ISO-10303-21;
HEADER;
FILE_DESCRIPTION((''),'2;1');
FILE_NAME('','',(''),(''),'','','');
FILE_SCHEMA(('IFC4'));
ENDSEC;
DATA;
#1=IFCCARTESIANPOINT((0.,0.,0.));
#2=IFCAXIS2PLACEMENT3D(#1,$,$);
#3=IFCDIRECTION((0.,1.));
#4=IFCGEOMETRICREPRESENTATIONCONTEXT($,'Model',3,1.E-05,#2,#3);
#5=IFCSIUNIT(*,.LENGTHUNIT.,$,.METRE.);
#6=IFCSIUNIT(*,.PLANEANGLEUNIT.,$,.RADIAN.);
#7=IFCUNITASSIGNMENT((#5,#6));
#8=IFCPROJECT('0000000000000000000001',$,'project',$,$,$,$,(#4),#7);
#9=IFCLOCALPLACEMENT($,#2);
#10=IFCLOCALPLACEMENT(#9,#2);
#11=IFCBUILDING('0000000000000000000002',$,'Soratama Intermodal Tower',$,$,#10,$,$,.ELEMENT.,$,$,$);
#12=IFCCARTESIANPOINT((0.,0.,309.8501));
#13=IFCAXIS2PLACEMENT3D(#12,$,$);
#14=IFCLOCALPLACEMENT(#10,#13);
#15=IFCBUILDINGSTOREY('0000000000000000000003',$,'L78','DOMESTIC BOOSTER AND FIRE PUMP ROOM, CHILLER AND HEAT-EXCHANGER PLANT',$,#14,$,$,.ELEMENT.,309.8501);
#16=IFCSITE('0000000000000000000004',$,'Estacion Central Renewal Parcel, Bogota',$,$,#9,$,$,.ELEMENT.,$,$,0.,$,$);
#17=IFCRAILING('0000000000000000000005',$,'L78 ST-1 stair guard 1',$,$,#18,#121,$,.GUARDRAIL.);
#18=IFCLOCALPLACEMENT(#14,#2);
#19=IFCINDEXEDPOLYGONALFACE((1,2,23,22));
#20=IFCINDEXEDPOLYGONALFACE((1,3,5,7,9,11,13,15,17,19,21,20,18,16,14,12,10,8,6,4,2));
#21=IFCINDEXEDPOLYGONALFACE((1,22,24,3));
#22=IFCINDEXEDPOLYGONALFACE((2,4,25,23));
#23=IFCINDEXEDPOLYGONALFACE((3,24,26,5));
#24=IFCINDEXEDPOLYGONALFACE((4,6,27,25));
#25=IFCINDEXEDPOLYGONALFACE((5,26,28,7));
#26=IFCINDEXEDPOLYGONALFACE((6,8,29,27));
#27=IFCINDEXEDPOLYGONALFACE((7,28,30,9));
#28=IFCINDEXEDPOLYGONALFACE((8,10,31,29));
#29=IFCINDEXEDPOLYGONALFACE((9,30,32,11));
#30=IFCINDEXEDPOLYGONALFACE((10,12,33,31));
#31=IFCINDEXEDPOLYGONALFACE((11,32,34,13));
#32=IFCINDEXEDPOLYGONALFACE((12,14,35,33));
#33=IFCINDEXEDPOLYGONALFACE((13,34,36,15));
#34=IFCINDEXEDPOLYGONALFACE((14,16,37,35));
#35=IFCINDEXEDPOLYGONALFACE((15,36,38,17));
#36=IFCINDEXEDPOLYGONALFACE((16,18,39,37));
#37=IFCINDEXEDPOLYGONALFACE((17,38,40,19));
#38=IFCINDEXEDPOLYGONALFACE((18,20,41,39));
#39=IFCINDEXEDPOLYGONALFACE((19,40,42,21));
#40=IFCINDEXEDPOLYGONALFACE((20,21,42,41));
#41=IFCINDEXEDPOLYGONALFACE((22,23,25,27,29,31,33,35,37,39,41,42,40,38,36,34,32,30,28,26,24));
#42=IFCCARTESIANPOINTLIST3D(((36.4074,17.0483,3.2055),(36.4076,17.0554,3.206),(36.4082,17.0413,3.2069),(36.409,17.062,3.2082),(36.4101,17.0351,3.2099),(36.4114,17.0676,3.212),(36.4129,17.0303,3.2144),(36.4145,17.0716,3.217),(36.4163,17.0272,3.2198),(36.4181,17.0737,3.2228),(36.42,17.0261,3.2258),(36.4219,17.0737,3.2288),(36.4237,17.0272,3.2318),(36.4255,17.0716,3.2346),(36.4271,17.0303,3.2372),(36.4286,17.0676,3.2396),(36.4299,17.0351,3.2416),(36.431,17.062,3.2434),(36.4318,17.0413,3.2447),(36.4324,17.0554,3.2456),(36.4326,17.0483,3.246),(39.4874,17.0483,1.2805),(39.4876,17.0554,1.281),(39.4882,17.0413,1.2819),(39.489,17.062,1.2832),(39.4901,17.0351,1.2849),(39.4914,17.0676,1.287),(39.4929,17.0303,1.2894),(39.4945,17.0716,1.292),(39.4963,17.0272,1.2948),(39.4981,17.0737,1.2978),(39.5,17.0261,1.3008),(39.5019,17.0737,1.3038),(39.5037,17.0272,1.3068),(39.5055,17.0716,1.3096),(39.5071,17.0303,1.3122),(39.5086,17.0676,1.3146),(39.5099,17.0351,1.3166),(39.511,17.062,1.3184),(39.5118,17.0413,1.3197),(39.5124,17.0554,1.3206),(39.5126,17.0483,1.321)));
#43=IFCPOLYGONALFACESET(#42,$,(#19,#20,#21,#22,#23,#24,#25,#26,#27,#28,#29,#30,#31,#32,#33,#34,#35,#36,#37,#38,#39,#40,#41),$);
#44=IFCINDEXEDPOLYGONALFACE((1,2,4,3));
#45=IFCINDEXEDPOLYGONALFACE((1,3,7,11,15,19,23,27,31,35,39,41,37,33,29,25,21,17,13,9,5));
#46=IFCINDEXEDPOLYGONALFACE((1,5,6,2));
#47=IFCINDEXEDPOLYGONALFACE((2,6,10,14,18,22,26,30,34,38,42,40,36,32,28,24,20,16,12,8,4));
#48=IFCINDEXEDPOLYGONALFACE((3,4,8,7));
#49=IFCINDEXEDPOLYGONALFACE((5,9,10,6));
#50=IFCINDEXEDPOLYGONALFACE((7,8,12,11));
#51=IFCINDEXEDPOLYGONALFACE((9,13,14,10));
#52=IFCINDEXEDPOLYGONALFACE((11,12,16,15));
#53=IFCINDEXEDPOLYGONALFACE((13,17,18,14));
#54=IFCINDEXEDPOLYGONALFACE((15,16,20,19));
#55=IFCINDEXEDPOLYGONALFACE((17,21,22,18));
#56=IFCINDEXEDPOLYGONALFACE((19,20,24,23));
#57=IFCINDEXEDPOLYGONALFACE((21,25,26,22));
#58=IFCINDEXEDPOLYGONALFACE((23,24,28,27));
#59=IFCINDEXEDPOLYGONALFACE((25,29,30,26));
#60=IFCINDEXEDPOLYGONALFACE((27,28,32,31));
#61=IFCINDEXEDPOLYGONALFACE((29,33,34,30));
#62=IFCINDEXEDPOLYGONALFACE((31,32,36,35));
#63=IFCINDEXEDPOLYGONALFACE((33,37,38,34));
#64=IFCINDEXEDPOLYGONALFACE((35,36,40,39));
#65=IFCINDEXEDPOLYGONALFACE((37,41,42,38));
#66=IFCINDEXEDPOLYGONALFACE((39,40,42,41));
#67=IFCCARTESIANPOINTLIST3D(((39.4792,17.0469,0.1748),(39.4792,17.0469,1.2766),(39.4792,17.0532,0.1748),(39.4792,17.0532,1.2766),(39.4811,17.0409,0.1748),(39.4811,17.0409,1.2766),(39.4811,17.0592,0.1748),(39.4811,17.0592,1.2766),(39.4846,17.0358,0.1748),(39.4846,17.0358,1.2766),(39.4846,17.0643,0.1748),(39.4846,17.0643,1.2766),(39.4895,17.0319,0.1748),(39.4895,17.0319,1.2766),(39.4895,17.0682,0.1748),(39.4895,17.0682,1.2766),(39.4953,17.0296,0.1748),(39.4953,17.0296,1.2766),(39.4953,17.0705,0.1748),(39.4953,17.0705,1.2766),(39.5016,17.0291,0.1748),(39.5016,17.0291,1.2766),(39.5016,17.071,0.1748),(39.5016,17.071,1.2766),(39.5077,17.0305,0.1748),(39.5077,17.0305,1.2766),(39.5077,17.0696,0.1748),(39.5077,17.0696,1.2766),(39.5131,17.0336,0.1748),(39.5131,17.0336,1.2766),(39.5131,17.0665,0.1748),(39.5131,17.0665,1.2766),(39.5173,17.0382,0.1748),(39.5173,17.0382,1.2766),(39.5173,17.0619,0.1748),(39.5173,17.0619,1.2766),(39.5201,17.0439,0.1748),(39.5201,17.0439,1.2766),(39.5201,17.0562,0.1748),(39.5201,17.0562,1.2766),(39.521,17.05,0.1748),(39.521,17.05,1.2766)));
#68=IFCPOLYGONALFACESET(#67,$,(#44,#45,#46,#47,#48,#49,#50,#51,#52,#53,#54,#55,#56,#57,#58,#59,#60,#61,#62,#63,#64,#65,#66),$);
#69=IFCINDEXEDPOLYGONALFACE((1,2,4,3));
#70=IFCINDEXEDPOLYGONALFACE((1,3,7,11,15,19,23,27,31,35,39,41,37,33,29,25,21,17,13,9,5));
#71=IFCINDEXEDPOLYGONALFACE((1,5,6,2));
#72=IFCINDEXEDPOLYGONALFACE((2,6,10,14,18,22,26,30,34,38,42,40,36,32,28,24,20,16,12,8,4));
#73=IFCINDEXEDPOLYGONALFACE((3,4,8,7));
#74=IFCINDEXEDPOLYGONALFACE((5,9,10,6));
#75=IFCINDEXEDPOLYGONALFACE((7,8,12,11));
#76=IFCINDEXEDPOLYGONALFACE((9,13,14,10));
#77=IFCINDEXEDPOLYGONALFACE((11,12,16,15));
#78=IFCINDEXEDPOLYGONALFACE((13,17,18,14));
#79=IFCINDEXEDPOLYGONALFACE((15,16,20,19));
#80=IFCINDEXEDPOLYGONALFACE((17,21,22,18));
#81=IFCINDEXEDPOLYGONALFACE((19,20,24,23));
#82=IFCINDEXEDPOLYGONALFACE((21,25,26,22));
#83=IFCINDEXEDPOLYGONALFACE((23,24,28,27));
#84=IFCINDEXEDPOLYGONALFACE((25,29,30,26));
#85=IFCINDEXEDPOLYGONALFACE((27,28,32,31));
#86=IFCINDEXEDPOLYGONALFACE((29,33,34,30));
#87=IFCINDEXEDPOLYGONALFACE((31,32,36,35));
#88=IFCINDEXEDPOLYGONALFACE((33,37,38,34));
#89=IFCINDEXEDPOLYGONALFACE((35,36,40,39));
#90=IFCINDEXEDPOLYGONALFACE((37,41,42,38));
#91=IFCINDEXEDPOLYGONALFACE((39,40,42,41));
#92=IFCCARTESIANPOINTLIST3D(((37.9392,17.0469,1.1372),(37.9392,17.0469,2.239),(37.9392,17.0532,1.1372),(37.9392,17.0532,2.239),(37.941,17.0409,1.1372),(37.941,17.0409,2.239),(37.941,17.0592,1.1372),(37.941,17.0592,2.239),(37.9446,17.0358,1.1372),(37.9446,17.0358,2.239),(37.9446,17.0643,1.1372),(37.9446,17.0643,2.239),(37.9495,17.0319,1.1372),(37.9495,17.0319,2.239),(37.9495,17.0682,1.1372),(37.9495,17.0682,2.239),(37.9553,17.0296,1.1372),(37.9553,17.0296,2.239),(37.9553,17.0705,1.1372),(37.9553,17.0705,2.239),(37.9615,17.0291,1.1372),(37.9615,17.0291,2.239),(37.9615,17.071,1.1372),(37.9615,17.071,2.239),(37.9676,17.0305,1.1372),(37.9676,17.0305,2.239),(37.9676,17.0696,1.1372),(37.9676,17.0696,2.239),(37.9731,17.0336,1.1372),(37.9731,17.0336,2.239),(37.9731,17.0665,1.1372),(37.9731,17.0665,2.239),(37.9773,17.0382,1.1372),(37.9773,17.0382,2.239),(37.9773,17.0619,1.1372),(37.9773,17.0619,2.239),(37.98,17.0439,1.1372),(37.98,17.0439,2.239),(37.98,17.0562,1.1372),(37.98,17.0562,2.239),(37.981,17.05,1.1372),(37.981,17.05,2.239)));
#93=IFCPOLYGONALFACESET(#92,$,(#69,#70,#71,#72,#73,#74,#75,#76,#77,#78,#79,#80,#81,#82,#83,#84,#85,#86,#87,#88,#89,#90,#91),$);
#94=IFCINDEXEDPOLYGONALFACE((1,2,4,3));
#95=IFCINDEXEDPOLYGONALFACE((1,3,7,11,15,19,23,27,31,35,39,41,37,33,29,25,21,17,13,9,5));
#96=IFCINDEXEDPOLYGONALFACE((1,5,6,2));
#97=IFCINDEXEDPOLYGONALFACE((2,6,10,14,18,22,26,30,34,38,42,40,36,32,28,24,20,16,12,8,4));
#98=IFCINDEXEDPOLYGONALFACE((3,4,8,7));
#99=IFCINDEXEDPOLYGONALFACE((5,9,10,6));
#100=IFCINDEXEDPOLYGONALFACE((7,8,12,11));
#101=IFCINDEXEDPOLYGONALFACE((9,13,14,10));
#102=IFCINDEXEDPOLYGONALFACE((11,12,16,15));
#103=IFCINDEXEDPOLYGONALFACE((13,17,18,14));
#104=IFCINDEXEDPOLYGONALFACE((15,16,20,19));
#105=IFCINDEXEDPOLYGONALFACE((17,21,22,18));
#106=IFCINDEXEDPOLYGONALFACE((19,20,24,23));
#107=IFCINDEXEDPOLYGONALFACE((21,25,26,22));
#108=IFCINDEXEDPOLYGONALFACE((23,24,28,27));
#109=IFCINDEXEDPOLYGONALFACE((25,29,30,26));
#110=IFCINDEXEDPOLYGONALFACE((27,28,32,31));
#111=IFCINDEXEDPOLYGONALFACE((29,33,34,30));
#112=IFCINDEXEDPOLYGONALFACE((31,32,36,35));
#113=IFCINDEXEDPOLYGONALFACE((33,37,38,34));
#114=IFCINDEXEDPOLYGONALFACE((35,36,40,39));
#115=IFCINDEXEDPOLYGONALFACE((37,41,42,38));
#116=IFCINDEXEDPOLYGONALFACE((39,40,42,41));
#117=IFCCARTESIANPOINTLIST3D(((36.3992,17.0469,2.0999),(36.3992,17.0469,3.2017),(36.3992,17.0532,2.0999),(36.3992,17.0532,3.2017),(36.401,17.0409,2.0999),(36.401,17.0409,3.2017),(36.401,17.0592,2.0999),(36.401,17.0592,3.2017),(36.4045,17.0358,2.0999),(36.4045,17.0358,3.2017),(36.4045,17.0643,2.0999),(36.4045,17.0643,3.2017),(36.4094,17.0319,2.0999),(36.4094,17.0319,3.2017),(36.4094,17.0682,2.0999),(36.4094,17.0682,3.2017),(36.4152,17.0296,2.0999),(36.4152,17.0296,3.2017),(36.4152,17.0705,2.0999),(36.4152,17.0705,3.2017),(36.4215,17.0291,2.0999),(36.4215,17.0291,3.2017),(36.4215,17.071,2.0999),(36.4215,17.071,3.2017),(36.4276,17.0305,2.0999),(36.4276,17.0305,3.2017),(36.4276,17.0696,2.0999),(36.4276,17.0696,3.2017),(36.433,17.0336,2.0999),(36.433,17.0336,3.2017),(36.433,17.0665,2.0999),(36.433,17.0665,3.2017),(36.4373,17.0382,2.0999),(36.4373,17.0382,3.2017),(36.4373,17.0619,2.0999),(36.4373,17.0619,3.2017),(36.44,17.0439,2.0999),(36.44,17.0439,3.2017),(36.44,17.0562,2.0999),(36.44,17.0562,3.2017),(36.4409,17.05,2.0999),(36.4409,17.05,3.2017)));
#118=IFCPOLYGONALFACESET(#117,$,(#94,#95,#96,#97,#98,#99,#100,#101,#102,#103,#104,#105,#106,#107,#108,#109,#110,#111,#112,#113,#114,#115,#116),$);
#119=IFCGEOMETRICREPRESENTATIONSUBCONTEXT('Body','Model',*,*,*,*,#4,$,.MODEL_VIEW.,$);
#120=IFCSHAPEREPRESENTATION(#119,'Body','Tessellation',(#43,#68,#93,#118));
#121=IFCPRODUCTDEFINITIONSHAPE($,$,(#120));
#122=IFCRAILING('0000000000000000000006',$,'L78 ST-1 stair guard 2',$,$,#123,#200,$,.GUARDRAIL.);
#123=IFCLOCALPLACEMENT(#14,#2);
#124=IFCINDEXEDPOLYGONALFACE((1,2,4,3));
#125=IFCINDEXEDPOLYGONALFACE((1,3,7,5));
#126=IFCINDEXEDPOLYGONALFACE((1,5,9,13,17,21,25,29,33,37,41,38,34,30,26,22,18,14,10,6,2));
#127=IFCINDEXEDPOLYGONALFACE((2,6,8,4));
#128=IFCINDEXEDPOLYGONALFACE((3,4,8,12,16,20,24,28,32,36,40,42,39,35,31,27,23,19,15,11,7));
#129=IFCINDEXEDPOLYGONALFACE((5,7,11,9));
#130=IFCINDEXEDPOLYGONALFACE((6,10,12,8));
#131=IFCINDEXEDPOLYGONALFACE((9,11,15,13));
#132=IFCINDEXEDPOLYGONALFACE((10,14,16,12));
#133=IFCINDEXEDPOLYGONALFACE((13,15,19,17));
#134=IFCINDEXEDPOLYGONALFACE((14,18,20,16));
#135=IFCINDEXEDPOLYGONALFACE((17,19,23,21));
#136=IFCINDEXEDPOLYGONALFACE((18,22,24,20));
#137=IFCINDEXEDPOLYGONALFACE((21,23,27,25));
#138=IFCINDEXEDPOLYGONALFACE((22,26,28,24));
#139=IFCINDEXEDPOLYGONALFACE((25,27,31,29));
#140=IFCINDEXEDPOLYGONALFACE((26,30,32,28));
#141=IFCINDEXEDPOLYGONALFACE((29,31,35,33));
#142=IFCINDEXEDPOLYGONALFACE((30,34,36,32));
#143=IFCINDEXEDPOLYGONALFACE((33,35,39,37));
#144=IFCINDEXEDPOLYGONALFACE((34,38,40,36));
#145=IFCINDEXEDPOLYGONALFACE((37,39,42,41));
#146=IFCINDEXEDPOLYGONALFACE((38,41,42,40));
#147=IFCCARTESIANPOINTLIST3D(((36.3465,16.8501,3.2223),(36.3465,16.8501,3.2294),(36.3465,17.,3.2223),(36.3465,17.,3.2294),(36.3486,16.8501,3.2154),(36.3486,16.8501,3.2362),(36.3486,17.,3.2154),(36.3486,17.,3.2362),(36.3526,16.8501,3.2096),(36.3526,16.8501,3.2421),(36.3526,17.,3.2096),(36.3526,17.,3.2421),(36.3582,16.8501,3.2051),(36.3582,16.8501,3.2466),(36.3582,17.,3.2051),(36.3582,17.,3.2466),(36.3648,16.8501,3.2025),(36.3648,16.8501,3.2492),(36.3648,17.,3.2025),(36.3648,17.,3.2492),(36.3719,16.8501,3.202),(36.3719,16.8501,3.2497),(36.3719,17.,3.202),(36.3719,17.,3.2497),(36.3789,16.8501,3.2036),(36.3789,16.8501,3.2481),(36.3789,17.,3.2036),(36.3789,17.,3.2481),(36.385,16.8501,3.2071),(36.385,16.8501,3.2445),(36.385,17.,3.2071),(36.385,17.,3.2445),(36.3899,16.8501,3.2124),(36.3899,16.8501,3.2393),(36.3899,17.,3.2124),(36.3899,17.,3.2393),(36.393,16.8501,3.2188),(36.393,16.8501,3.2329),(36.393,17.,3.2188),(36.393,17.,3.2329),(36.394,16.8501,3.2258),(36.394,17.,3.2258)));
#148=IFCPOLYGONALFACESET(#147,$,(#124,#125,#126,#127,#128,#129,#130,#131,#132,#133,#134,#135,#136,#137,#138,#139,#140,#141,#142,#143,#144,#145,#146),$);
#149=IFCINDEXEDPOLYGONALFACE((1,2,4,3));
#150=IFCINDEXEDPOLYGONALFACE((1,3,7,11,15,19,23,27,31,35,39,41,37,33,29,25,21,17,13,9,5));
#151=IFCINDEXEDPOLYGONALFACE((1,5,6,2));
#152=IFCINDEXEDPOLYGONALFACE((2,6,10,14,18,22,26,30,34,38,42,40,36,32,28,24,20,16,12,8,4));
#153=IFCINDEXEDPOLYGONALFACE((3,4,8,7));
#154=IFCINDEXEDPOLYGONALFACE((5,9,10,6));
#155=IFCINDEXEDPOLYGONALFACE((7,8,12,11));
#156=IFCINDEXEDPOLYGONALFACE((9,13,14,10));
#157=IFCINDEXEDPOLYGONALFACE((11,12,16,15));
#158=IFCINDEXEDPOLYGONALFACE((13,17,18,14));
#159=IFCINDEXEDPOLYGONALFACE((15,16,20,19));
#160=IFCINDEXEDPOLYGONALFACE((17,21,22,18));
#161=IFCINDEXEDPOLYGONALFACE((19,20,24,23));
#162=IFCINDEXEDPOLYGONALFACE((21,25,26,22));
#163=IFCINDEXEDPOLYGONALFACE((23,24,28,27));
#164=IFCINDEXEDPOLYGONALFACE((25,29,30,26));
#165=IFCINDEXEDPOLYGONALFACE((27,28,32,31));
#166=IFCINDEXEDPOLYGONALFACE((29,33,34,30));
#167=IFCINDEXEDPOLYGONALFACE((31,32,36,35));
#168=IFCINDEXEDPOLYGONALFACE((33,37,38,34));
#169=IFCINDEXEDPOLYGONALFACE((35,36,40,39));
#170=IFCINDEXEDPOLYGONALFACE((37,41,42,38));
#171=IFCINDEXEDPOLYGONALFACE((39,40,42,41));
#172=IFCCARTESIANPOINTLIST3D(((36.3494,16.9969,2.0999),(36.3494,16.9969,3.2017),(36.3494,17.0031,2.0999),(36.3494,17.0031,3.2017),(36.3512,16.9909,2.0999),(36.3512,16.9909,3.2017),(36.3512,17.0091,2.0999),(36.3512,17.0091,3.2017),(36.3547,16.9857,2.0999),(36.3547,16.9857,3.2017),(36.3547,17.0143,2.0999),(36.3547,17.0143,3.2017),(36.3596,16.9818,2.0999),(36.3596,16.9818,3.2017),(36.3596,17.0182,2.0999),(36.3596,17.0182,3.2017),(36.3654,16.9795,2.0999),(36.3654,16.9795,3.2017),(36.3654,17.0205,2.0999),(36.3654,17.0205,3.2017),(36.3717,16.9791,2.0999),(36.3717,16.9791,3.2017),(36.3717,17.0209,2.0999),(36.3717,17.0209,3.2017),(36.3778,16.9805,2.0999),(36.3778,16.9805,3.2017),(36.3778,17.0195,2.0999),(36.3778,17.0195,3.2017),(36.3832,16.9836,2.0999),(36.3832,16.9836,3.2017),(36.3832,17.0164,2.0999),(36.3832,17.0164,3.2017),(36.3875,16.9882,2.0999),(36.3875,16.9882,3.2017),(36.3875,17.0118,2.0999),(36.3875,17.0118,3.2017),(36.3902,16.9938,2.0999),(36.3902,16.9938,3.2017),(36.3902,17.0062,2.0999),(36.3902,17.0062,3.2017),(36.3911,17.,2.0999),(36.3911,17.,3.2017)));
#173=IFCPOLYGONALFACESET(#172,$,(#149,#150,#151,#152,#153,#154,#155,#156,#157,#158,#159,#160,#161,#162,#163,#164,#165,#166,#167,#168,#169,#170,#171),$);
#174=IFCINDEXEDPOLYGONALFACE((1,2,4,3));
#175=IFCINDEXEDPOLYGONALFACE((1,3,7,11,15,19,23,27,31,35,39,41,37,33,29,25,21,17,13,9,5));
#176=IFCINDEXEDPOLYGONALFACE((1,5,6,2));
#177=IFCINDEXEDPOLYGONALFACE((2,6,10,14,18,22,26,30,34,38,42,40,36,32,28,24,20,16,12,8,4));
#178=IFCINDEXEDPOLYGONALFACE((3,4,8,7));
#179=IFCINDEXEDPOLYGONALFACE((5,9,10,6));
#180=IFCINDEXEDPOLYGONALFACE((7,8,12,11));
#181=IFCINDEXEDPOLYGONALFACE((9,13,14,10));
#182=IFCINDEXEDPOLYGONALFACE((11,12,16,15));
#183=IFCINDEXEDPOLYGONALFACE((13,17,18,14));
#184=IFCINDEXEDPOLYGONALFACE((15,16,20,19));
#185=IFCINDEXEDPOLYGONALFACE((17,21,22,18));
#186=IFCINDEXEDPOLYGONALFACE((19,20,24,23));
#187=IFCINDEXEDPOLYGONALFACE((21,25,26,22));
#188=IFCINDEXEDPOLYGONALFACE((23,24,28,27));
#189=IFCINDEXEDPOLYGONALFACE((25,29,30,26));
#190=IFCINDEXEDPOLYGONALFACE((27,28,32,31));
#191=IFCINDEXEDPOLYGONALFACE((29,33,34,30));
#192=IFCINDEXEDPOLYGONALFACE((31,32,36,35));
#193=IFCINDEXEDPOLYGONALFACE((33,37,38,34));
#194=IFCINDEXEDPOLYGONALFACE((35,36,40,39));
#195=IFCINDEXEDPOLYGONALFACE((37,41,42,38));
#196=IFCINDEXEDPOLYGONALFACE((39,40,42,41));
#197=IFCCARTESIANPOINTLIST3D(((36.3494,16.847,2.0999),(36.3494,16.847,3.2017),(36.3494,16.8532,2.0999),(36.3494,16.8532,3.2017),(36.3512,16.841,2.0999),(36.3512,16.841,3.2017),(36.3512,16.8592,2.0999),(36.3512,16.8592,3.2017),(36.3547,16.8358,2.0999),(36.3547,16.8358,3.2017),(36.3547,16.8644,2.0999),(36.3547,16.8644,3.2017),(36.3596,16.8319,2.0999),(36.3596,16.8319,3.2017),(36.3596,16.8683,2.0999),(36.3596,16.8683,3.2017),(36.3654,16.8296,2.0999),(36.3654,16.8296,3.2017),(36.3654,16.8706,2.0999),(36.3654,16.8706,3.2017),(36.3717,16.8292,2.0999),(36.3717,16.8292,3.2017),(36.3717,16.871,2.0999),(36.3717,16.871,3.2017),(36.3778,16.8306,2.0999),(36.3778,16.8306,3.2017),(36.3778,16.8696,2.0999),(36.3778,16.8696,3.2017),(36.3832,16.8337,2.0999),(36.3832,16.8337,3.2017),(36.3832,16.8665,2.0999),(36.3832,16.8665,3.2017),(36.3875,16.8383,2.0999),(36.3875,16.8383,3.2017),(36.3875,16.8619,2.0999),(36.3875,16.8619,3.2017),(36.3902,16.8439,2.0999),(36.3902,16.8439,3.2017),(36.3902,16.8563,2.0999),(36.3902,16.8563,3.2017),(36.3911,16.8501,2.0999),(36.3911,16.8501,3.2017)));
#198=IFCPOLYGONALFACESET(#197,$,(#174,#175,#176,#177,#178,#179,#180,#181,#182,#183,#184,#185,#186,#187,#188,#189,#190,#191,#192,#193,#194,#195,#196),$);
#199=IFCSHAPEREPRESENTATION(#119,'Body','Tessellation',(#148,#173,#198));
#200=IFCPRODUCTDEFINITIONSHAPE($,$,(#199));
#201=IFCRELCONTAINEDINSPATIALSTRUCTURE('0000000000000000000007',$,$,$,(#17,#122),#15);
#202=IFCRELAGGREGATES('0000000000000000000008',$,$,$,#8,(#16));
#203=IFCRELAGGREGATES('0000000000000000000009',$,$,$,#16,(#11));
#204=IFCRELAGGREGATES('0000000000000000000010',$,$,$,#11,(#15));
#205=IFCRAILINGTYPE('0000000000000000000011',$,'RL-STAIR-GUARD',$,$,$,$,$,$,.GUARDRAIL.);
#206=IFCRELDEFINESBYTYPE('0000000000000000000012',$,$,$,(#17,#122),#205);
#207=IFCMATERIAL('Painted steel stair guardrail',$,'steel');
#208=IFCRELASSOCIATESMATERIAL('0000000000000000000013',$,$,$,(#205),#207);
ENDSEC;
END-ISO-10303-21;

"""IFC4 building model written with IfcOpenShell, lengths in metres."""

from ifc_helpers import new_model, si_unit, direction, frame, origin, origin_2d, place, context, subcontext, project, spatial, circle, extrude, material, type_object, element, save


model = new_model("IFC4")

# Units and contexts
model_context = context("Model", 3, precision=1e-05, world=origin(), true_north=direction((0.0, 1.0)))
body_context = subcontext(model_context, "Body", "Model", "MODEL_VIEW")
ifc_project = project(units=[si_unit("LENGTHUNIT", "METRE"), si_unit("PLANEANGLEUNIT", "RADIAN")], contexts=[model_context])

# Site, building, storey
site_placement = place(None, origin())
site = spatial("IfcSite", under=ifc_project, at=site_placement, Name="Estacion Central Renewal Parcel, Bogota", CompositionType="ELEMENT", RefElevation=0.0)
building_placement = place(site_placement, origin())
building = spatial("IfcBuilding", under=site, at=building_placement, Name="Soratama Intermodal Tower", CompositionType="ELEMENT")
storey_placement = place(building_placement, frame((0.0, 0.0, 309.8501)))
storey = spatial("IfcBuildingStorey", under=building, at=storey_placement, Name="L78", Description="DOMESTIC BOOSTER AND FIRE PUMP ROOM, CHILLER AND HEAT-EXCHANGER PLANT", CompositionType="ELEMENT", Elevation=309.8501)

# Railings
ifc_material_1 = material(Name="Painted steel stair guardrail", Category="steel")
railing_type_1 = type_object("IfcRailingType", Name="RL-STAIR-GUARD", PredefinedType="GUARDRAIL", material=ifc_material_1)
railing_1_placement = place(storey_placement, frame((39.5, 17.05, 0.1748)))
element("IfcRailing", 1, at=railing_1_placement, inside=storey, type_object=railing_type_1, Name="L78 ST-1 stair guard 1", PredefinedType="GUARDRAIL", context=body_context, shape_type="SweptSolid", body=[
    extrude(circle(Radius=0.0239, at=origin_2d()), frame((0.0, 0.0, 1.126), z_axis=(-0.847998, 0.0, 0.529999), x_axis=(0.0, -1.0, 0.0)), (0.0, 0.0, 1.0), 3.6321),
    extrude(circle(Radius=0.021, at=origin_2d()), origin(), (0.0, 0.0, 1.0), 1.1018),
    extrude(circle(Radius=0.021, at=origin_2d()), frame((-1.54, 0.0, 0.9624)), (0.0, 0.0, 1.0), 1.1018),
    extrude(circle(Radius=0.021, at=origin_2d()), frame((-3.0801, 0.0, 1.925)), (0.0, 0.0, 1.0), 1.1018),
])
railing_2_placement = place(storey_placement, frame((36.3701, 17.0, 2.0999)))
element("IfcRailing", 2, at=railing_2_placement, inside=storey, type_object=railing_type_1, Name="L78 ST-1 stair guard 2", PredefinedType="GUARDRAIL", context=body_context, shape_type="SweptSolid", body=[
    extrude(circle(Radius=0.0239, at=origin_2d()), frame((0.0, 0.0, 1.126), z_axis=(0.0, -1.0, 0.0), x_axis=(1.0, 0.0, 0.0)), (0.0, 0.0, 1.0), 0.1499),
    extrude(circle(Radius=0.021, at=origin_2d()), origin(), (0.0, 0.0, 1.0), 1.1018),
    extrude(circle(Radius=0.021, at=origin_2d()), frame((0.0, -0.1499, 0.0)), (0.0, 0.0, 1.0), 1.1018),
])

save(model, "model.ifc")
